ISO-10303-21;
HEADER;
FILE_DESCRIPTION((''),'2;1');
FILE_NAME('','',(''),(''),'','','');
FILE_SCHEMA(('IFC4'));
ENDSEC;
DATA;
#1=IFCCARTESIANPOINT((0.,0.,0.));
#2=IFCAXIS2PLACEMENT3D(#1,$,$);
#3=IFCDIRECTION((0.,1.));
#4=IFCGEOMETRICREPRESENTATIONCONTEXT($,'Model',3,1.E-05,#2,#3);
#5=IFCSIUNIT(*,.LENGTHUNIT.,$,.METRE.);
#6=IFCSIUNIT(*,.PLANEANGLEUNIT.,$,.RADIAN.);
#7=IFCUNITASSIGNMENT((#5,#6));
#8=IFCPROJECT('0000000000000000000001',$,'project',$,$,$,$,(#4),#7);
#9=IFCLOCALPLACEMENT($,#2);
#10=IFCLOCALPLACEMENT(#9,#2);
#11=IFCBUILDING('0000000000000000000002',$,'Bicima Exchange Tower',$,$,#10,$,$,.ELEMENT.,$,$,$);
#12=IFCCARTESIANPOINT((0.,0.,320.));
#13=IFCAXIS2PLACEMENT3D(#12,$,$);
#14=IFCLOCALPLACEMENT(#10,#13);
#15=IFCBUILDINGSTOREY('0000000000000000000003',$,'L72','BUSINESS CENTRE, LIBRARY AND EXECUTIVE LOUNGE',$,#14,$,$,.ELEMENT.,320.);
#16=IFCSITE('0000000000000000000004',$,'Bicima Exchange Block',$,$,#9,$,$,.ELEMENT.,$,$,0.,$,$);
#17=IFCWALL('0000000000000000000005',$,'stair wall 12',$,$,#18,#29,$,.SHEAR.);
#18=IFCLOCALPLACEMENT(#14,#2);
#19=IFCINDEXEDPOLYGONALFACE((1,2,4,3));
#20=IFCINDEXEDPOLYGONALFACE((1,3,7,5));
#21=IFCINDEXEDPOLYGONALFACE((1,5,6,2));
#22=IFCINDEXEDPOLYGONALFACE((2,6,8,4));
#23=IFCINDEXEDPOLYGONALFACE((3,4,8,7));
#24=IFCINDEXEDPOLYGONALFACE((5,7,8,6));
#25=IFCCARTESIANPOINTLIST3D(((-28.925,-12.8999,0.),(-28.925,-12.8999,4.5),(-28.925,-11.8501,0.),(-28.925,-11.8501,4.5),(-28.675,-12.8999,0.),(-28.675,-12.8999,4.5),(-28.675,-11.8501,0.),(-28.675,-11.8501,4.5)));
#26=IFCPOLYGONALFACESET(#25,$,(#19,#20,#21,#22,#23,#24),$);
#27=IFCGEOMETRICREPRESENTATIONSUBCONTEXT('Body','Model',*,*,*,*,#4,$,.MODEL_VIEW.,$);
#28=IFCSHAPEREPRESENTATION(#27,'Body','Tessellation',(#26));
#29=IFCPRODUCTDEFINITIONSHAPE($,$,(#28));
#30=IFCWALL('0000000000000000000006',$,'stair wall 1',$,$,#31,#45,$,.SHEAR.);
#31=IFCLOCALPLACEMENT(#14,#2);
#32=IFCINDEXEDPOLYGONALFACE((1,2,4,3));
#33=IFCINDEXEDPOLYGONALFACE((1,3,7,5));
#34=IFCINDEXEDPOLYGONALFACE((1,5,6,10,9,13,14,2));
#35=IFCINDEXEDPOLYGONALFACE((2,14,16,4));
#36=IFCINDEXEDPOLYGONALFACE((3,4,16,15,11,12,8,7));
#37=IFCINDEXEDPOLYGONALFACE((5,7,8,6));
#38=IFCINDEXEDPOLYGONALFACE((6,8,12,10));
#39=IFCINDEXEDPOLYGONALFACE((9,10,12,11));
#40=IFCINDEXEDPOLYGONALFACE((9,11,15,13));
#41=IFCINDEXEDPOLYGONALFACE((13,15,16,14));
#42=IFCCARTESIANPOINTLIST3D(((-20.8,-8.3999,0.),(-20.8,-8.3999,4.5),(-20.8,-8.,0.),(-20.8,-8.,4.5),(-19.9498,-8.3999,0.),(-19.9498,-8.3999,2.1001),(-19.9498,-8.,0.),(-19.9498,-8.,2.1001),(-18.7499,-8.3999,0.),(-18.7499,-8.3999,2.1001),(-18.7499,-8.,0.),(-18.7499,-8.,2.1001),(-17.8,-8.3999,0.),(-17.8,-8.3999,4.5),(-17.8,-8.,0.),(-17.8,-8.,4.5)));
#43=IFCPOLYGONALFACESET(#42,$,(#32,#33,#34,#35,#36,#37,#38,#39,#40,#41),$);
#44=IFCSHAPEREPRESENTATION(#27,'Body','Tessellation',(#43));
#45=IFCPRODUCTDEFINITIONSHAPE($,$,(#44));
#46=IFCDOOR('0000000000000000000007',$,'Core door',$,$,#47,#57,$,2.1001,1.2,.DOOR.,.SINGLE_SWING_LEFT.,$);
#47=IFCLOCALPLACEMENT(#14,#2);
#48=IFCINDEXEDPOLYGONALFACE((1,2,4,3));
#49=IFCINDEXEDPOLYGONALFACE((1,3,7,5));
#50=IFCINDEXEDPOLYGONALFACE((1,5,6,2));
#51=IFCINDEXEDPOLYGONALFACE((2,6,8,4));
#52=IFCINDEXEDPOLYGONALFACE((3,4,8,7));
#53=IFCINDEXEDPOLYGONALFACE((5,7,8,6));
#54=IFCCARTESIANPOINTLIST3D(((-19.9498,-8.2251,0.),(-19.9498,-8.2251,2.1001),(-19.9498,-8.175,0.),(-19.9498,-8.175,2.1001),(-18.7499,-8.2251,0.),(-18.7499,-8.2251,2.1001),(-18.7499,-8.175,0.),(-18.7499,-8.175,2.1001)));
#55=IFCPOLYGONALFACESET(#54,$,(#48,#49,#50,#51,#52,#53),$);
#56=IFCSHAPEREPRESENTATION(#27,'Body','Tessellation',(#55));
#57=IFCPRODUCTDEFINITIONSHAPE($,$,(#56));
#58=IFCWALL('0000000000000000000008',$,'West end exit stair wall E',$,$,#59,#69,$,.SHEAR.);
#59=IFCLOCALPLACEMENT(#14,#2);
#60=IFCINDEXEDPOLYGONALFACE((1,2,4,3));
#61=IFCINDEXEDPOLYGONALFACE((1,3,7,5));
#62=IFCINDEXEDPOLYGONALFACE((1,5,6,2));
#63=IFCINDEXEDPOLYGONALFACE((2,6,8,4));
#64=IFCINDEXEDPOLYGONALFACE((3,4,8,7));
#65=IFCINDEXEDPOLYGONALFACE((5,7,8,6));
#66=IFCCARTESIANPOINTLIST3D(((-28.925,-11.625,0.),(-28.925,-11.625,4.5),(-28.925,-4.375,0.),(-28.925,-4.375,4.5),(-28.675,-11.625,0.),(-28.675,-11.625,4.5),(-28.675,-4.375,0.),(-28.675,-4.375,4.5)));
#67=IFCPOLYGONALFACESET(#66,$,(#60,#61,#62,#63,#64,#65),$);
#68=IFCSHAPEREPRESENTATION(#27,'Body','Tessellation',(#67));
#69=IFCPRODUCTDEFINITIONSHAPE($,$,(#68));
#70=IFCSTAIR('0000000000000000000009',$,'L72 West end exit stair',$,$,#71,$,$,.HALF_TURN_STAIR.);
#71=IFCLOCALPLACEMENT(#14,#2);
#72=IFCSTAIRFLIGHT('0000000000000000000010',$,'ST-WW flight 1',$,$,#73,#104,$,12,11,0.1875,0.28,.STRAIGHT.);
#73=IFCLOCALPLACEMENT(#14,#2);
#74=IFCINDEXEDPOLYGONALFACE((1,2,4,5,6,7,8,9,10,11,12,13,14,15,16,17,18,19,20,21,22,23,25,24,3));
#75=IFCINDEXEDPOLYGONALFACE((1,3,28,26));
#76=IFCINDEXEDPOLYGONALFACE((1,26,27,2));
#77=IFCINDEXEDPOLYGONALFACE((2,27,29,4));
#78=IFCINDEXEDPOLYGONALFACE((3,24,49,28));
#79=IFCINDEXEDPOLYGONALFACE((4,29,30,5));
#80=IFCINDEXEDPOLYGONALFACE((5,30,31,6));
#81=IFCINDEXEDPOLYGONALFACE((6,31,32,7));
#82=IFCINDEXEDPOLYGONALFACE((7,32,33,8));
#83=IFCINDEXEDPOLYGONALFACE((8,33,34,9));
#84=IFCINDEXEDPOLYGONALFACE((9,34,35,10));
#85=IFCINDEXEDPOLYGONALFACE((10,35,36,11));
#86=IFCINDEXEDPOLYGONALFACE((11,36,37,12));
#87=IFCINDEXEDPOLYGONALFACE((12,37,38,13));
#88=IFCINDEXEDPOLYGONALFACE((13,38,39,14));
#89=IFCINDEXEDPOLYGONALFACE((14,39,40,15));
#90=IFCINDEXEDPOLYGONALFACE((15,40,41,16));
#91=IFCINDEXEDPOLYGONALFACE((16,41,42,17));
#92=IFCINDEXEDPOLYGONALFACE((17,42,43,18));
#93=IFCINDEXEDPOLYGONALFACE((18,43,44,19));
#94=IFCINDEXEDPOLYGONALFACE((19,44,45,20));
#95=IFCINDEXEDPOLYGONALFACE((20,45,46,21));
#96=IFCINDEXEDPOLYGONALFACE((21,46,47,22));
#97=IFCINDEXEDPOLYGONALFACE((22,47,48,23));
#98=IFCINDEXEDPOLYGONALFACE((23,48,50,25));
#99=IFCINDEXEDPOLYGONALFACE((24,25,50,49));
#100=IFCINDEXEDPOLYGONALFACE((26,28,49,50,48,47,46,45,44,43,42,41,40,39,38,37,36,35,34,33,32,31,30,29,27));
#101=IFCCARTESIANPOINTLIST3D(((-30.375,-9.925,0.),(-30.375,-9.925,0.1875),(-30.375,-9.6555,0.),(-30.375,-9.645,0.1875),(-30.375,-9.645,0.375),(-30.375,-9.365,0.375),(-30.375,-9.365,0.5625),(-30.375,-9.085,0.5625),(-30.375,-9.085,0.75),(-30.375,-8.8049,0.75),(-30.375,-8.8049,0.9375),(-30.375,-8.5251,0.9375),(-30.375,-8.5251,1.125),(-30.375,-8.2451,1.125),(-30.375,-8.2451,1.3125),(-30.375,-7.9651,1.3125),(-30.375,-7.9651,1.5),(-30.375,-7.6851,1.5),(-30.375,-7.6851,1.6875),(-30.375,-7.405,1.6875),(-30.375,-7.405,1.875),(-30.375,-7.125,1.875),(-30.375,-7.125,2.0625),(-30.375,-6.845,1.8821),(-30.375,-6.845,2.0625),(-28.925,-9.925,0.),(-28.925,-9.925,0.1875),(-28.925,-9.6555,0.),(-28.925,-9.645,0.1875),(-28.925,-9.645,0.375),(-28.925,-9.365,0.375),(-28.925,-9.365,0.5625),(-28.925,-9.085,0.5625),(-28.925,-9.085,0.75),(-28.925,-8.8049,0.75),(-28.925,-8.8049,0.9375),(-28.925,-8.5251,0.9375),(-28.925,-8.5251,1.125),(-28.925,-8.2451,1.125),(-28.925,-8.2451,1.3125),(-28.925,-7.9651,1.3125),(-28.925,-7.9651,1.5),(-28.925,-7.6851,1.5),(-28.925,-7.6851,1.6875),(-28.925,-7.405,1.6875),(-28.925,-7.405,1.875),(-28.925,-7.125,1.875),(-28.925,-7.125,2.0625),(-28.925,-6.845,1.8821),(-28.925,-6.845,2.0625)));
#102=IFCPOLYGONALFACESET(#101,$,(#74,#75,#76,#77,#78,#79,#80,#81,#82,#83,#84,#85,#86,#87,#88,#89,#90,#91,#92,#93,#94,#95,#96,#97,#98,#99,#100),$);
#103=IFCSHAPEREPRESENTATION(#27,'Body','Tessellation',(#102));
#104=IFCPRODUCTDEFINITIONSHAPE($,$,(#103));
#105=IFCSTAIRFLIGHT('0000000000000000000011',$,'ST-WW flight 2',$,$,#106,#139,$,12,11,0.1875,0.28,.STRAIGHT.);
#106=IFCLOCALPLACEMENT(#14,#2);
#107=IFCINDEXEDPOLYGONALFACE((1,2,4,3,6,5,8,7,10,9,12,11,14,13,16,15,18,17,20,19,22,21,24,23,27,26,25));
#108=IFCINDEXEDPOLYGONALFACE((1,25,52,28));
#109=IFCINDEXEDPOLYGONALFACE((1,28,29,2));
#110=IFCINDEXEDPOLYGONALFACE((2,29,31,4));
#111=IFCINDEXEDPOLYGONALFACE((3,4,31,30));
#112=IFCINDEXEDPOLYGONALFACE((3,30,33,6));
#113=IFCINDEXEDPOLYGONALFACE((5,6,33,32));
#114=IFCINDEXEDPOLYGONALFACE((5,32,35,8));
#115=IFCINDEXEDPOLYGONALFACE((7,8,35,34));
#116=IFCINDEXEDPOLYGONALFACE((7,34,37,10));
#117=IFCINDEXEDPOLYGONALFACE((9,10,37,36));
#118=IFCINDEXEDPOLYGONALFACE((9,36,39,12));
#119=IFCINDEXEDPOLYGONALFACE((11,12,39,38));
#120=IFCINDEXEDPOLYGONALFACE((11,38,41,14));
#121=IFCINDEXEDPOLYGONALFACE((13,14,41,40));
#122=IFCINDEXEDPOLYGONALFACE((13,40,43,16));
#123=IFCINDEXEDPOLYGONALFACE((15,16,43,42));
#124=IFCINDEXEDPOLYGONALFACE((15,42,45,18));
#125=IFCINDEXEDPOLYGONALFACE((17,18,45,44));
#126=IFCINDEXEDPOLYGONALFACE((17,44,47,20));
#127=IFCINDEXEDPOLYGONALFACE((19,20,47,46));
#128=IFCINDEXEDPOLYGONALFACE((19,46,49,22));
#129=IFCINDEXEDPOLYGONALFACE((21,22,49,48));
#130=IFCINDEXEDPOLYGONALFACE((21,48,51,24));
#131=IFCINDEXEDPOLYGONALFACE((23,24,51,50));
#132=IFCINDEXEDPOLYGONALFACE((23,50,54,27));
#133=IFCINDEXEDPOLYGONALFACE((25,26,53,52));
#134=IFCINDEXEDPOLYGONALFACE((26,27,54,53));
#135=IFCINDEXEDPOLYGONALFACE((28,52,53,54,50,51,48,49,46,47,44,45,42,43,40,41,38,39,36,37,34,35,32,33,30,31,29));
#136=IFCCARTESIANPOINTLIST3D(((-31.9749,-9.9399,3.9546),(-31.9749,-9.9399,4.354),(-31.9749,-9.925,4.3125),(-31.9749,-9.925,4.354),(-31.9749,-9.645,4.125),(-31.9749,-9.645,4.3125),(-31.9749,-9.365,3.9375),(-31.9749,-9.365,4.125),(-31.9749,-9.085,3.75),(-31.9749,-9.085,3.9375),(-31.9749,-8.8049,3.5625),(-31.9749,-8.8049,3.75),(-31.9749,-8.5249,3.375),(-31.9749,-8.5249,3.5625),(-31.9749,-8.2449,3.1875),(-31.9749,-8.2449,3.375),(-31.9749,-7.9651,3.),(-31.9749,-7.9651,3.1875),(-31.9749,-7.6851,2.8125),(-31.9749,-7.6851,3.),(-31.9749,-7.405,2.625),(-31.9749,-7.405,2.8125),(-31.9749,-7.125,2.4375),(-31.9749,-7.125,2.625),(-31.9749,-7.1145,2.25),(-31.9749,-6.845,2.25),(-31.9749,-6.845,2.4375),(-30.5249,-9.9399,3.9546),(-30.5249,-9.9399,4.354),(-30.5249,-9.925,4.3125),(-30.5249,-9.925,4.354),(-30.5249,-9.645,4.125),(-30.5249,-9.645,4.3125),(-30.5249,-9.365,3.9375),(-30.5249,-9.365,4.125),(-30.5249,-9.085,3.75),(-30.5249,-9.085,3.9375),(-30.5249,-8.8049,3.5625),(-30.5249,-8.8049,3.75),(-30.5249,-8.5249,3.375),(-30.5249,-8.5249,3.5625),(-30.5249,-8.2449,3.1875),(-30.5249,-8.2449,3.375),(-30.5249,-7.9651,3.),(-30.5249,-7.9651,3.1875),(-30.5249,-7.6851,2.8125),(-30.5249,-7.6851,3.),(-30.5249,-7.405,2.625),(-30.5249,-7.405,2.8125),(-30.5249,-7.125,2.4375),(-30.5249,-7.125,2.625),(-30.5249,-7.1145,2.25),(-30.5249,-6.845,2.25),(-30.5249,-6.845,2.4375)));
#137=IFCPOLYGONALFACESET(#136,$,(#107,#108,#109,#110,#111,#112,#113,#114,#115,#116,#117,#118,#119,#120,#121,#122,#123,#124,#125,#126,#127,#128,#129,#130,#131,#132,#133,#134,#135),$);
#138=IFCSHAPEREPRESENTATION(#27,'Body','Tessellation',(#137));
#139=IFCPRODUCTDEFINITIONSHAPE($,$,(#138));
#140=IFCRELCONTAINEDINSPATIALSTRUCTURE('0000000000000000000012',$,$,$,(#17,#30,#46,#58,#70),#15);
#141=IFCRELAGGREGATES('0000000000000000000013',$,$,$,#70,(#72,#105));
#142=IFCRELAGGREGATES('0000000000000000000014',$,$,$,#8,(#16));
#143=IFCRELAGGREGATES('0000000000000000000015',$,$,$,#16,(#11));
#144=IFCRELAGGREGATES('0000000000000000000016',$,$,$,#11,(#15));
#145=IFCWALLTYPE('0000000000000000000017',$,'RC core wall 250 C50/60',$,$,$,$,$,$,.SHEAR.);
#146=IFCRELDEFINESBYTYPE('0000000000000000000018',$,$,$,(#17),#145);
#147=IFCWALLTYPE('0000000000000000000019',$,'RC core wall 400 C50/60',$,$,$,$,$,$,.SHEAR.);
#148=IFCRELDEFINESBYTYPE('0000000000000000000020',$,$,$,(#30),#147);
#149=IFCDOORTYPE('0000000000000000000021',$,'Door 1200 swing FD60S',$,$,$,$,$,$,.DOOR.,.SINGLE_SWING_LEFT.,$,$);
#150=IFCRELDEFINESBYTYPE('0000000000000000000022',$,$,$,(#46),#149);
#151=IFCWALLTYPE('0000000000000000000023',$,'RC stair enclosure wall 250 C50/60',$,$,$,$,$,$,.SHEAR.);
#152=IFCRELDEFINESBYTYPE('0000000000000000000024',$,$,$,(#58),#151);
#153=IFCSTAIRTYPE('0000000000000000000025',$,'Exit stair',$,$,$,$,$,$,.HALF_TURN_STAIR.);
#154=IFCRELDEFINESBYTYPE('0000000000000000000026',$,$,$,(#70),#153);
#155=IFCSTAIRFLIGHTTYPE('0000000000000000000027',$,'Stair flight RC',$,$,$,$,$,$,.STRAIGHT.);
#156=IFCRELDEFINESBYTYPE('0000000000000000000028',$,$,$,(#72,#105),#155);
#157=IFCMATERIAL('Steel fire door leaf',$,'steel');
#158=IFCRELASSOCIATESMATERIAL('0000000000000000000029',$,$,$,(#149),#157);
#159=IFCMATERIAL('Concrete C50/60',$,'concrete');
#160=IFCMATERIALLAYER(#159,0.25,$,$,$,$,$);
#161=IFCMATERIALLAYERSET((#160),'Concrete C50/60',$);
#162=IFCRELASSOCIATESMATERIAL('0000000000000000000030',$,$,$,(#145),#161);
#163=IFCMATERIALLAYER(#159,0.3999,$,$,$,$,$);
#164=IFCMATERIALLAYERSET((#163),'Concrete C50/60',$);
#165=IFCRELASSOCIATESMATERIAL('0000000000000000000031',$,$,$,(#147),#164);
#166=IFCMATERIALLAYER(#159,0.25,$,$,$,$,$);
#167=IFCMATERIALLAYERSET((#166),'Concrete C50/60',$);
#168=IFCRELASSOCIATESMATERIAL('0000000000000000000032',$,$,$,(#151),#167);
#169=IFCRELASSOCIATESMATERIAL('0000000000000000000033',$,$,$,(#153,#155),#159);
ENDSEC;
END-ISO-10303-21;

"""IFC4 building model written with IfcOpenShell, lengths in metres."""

from ifc_helpers import new_model, si_unit, direction, frame, frame_2d, origin, place, context, subcontext, project, spatial, polyline, rectangle, outline, extrude, material, layer, layer_set, type_object, element, fill, aggregate, save


model = new_model("IFC4")

# Units and contexts
model_context = context("Model", 3, precision=1e-05, world=origin(), true_north=direction((0.0, 1.0)))
body_context = subcontext(model_context, "Body", "Model", "MODEL_VIEW")
ifc_project = project(units=[si_unit("LENGTHUNIT", "METRE"), si_unit("PLANEANGLEUNIT", "RADIAN")], contexts=[model_context])

# Site, building, storey
site_placement = place(None, origin())
site = spatial("IfcSite", under=ifc_project, at=site_placement, Name="Bicima Exchange Block", CompositionType="ELEMENT", RefElevation=0.0)
building_placement = place(site_placement, origin())
building = spatial("IfcBuilding", under=site, at=building_placement, Name="Bicima Exchange Tower", CompositionType="ELEMENT")
storey_placement = place(building_placement, frame((0.0, 0.0, 320.0)))
storey = spatial("IfcBuildingStorey", under=building, at=storey_placement, Name="L72", Description="BUSINESS CENTRE, LIBRARY AND EXECUTIVE LOUNGE", CompositionType="ELEMENT", Elevation=320.0)

# Shared definitions
ifc_material_1 = material(Name="Steel fire door leaf", Category="steel")
door_type_1 = type_object("IfcDoorType", Name="Door 1200 swing FD60S", OperationType="SINGLE_SWING_LEFT", PredefinedType="DOOR", material=ifc_material_1)

# Wall
ifc_material_2 = material(Name="Concrete C50/60", Category="concrete")
ifc_layer_1 = layer(ifc_material_2, 0.25)
ifc_layer_set_1 = layer_set([ifc_layer_1], Name="Concrete C50/60")
wall_type_1 = type_object("IfcWallType", Name="RC core wall 250 C50/60", PredefinedType="SHEAR", material=ifc_layer_set_1)
wall_1_placement = place(storey_placement, frame((-28.8, -12.8999, 0.0), z_axis=(0.0, 0.0, 1.0), x_axis=(0.0, 1.0, 0.0)))
element("IfcWall", 1, at=wall_1_placement, inside=storey, type_object=wall_type_1, Name="stair wall 12", PredefinedType="SHEAR", context=body_context, shape_type="SweptSolid", body=[
    extrude(rectangle(XDim=1.0498, YDim=0.25, at=frame_2d((0.5249, 0.0))), origin(), (0.0, 0.0, 1.0), 4.5),
])

# Wall, opening, door
ifc_layer_2 = layer(ifc_material_2, 0.3999)
ifc_layer_set_2 = layer_set([ifc_layer_2], Name="Concrete C50/60")
wall_type_2 = type_object("IfcWallType", Name="RC core wall 400 C50/60", PredefinedType="SHEAR", material=ifc_layer_set_2)
wall_2_placement = place(storey_placement, frame((-20.8, -8.2, 0.0), z_axis=(0.0, 0.0, 1.0), x_axis=(1.0, 0.0, 0.0)))
wall_2 = element("IfcWall", 2, at=wall_2_placement, inside=storey, type_object=wall_type_2, Name="stair wall 1", PredefinedType="SHEAR", context=body_context, shape_type="SweptSolid", body=[
    extrude(rectangle(XDim=3.0, YDim=0.3999, at=frame_2d((1.5, 0.0))), origin(), (0.0, 0.0, 1.0), 4.5),
])
opening_1_placement = place(wall_2_placement, frame((0.8501, 0.0, 0.0)))
opening_1 = element("IfcOpeningElement", 3, at=opening_1_placement, cuts=wall_2, PredefinedType="OPENING", context=body_context, shape_type="SweptSolid", body=[
    extrude(rectangle(XDim=1.2, YDim=2.1001, at=frame_2d((0.6001, 1.05))), frame((0.0, 0.2119, 0.0), z_axis=(0.0, -1.0, 0.0), x_axis=(1.0, 0.0, 0.0)), (0.0, 0.0, 1.0), 0.4238),
])
door_1_placement = place(opening_1_placement, origin())
door_1 = element("IfcDoor", 4, at=door_1_placement, inside=storey, type_object=door_type_1, Name="Core door", OperationType="SINGLE_SWING_LEFT", OverallHeight=2.1001, OverallWidth=1.2, PredefinedType="DOOR", context=body_context, shape_type="SweptSolid", body=[
    extrude(rectangle(XDim=1.2, YDim=2.1001, at=frame_2d((0.6001, 1.05))), frame((0.0, 0.0249, 0.0), z_axis=(0.0, -1.0, 0.0), x_axis=(1.0, 0.0, 0.0)), (0.0, 0.0, 1.0), 0.05),
])
fill(opening_1, door_1)

# Wall
ifc_layer_3 = layer(ifc_material_2, 0.25)
ifc_layer_set_3 = layer_set([ifc_layer_3], Name="Concrete C50/60")
wall_type_3 = type_object("IfcWallType", Name="RC stair enclosure wall 250 C50/60", PredefinedType="SHEAR", material=ifc_layer_set_3)
wall_3_placement = place(storey_placement, frame((-28.8, -11.625, 0.0), z_axis=(0.0, 0.0, 1.0), x_axis=(0.0, 1.0, 0.0)))
element("IfcWall", 5, at=wall_3_placement, inside=storey, type_object=wall_type_3, Name="West end exit stair wall E", PredefinedType="SHEAR", context=body_context, shape_type="SweptSolid", body=[
    extrude(rectangle(XDim=7.25, YDim=0.25, at=frame_2d((3.625, 0.0))), origin(), (0.0, 0.0, 1.0), 4.5),
])

# Stair, stair flights
stair_type = type_object("IfcStairType", Name="Exit stair", PredefinedType="HALF_TURN_STAIR", material=ifc_material_2)
stair_placement = place(storey_placement, origin())
stair = element("IfcStair", 6, at=stair_placement, inside=storey, type_object=stair_type, Name="L72 West end exit stair", PredefinedType="HALF_TURN_STAIR")
stair_flight_type = type_object("IfcStairFlightType", Name="Stair flight RC", PredefinedType="STRAIGHT", material=ifc_material_2)
stair_flight_1_placement = place(storey_placement, frame((-29.6499, -9.925, 0.0), z_axis=(0.0, 0.0, 1.0), x_axis=(0.0, 1.0, 0.0)))
stair_flight_1 = element("IfcStairFlight", 7, at=stair_flight_1_placement, type_object=stair_flight_type, Name="ST-WW flight 1", NumberOfRisers=12, NumberOfTreads=11, PredefinedType="STRAIGHT", RiserHeight=0.1875, TreadLength=0.28, context=body_context, shape_type="SweptSolid", body=[
    extrude(outline(polyline([(0.0, 0.0), (0.0, 0.1875), (0.28, 0.1875), (0.28, 0.375), (0.5601, 0.375), (0.5601, 0.5625), (0.8401, 0.5625), (0.8401, 0.75), (1.1201, 0.75), (1.1201, 0.9375), (1.3999, 0.9375), (1.3999, 1.125), (1.6799, 1.125), (1.6799, 1.3125), (1.96, 1.3125), (1.96, 1.5), (2.24, 1.5), (2.24, 1.6875), (2.52, 1.6875), (2.52, 1.875), (2.8, 1.875), (2.8, 2.0625), (3.0801, 2.0625), (3.0801, 2.25), (3.0801, 1.8821), (0.2695, 0.0), (0.0, 0.0)])), frame((0.0, 0.7251, 0.0), z_axis=(0.0, -1.0, 0.0), x_axis=(1.0, 0.0, 0.0)), (0.0, 0.0, 1.0), 1.45),
])
stair_flight_2_placement = place(storey_placement, frame((-31.25, -6.845, 2.25), z_axis=(0.0, 0.0, 1.0), x_axis=(0.0, -1.0, 0.0)))
stair_flight_2 = element("IfcStairFlight", 8, at=stair_flight_2_placement, type_object=stair_flight_type, Name="ST-WW flight 2", NumberOfRisers=12, NumberOfTreads=11, PredefinedType="STRAIGHT", RiserHeight=0.1875, TreadLength=0.28, context=body_context, shape_type="SweptSolid", body=[
    extrude(outline(polyline([(0.0, 0.0), (0.0, 0.1875), (0.28, 0.1875), (0.28, 0.375), (0.5601, 0.375), (0.5601, 0.5625), (0.8401, 0.5625), (0.8401, 0.75), (1.1201, 0.75), (1.1201, 0.9375), (1.3999, 0.9375), (1.3999, 1.125), (1.6799, 1.125), (1.6799, 1.3125), (1.96, 1.3125), (1.96, 1.5), (2.24, 1.5), (2.24, 1.6875), (2.52, 1.6875), (2.52, 1.875), (2.8, 1.875), (2.8, 2.0625), (3.0801, 2.0625), (3.0801, 2.104), (3.095, 2.104), (3.095, 1.7046), (0.2695, 0.0), (0.0, 0.0)])), frame((0.0, 0.7251, 0.0), z_axis=(0.0, -1.0, 0.0), x_axis=(1.0, 0.0, 0.0)), (0.0, 0.0, 1.0), 1.45),
])
aggregate(stair, [stair_flight_1, stair_flight_2])

save(model, "model.ifc")
